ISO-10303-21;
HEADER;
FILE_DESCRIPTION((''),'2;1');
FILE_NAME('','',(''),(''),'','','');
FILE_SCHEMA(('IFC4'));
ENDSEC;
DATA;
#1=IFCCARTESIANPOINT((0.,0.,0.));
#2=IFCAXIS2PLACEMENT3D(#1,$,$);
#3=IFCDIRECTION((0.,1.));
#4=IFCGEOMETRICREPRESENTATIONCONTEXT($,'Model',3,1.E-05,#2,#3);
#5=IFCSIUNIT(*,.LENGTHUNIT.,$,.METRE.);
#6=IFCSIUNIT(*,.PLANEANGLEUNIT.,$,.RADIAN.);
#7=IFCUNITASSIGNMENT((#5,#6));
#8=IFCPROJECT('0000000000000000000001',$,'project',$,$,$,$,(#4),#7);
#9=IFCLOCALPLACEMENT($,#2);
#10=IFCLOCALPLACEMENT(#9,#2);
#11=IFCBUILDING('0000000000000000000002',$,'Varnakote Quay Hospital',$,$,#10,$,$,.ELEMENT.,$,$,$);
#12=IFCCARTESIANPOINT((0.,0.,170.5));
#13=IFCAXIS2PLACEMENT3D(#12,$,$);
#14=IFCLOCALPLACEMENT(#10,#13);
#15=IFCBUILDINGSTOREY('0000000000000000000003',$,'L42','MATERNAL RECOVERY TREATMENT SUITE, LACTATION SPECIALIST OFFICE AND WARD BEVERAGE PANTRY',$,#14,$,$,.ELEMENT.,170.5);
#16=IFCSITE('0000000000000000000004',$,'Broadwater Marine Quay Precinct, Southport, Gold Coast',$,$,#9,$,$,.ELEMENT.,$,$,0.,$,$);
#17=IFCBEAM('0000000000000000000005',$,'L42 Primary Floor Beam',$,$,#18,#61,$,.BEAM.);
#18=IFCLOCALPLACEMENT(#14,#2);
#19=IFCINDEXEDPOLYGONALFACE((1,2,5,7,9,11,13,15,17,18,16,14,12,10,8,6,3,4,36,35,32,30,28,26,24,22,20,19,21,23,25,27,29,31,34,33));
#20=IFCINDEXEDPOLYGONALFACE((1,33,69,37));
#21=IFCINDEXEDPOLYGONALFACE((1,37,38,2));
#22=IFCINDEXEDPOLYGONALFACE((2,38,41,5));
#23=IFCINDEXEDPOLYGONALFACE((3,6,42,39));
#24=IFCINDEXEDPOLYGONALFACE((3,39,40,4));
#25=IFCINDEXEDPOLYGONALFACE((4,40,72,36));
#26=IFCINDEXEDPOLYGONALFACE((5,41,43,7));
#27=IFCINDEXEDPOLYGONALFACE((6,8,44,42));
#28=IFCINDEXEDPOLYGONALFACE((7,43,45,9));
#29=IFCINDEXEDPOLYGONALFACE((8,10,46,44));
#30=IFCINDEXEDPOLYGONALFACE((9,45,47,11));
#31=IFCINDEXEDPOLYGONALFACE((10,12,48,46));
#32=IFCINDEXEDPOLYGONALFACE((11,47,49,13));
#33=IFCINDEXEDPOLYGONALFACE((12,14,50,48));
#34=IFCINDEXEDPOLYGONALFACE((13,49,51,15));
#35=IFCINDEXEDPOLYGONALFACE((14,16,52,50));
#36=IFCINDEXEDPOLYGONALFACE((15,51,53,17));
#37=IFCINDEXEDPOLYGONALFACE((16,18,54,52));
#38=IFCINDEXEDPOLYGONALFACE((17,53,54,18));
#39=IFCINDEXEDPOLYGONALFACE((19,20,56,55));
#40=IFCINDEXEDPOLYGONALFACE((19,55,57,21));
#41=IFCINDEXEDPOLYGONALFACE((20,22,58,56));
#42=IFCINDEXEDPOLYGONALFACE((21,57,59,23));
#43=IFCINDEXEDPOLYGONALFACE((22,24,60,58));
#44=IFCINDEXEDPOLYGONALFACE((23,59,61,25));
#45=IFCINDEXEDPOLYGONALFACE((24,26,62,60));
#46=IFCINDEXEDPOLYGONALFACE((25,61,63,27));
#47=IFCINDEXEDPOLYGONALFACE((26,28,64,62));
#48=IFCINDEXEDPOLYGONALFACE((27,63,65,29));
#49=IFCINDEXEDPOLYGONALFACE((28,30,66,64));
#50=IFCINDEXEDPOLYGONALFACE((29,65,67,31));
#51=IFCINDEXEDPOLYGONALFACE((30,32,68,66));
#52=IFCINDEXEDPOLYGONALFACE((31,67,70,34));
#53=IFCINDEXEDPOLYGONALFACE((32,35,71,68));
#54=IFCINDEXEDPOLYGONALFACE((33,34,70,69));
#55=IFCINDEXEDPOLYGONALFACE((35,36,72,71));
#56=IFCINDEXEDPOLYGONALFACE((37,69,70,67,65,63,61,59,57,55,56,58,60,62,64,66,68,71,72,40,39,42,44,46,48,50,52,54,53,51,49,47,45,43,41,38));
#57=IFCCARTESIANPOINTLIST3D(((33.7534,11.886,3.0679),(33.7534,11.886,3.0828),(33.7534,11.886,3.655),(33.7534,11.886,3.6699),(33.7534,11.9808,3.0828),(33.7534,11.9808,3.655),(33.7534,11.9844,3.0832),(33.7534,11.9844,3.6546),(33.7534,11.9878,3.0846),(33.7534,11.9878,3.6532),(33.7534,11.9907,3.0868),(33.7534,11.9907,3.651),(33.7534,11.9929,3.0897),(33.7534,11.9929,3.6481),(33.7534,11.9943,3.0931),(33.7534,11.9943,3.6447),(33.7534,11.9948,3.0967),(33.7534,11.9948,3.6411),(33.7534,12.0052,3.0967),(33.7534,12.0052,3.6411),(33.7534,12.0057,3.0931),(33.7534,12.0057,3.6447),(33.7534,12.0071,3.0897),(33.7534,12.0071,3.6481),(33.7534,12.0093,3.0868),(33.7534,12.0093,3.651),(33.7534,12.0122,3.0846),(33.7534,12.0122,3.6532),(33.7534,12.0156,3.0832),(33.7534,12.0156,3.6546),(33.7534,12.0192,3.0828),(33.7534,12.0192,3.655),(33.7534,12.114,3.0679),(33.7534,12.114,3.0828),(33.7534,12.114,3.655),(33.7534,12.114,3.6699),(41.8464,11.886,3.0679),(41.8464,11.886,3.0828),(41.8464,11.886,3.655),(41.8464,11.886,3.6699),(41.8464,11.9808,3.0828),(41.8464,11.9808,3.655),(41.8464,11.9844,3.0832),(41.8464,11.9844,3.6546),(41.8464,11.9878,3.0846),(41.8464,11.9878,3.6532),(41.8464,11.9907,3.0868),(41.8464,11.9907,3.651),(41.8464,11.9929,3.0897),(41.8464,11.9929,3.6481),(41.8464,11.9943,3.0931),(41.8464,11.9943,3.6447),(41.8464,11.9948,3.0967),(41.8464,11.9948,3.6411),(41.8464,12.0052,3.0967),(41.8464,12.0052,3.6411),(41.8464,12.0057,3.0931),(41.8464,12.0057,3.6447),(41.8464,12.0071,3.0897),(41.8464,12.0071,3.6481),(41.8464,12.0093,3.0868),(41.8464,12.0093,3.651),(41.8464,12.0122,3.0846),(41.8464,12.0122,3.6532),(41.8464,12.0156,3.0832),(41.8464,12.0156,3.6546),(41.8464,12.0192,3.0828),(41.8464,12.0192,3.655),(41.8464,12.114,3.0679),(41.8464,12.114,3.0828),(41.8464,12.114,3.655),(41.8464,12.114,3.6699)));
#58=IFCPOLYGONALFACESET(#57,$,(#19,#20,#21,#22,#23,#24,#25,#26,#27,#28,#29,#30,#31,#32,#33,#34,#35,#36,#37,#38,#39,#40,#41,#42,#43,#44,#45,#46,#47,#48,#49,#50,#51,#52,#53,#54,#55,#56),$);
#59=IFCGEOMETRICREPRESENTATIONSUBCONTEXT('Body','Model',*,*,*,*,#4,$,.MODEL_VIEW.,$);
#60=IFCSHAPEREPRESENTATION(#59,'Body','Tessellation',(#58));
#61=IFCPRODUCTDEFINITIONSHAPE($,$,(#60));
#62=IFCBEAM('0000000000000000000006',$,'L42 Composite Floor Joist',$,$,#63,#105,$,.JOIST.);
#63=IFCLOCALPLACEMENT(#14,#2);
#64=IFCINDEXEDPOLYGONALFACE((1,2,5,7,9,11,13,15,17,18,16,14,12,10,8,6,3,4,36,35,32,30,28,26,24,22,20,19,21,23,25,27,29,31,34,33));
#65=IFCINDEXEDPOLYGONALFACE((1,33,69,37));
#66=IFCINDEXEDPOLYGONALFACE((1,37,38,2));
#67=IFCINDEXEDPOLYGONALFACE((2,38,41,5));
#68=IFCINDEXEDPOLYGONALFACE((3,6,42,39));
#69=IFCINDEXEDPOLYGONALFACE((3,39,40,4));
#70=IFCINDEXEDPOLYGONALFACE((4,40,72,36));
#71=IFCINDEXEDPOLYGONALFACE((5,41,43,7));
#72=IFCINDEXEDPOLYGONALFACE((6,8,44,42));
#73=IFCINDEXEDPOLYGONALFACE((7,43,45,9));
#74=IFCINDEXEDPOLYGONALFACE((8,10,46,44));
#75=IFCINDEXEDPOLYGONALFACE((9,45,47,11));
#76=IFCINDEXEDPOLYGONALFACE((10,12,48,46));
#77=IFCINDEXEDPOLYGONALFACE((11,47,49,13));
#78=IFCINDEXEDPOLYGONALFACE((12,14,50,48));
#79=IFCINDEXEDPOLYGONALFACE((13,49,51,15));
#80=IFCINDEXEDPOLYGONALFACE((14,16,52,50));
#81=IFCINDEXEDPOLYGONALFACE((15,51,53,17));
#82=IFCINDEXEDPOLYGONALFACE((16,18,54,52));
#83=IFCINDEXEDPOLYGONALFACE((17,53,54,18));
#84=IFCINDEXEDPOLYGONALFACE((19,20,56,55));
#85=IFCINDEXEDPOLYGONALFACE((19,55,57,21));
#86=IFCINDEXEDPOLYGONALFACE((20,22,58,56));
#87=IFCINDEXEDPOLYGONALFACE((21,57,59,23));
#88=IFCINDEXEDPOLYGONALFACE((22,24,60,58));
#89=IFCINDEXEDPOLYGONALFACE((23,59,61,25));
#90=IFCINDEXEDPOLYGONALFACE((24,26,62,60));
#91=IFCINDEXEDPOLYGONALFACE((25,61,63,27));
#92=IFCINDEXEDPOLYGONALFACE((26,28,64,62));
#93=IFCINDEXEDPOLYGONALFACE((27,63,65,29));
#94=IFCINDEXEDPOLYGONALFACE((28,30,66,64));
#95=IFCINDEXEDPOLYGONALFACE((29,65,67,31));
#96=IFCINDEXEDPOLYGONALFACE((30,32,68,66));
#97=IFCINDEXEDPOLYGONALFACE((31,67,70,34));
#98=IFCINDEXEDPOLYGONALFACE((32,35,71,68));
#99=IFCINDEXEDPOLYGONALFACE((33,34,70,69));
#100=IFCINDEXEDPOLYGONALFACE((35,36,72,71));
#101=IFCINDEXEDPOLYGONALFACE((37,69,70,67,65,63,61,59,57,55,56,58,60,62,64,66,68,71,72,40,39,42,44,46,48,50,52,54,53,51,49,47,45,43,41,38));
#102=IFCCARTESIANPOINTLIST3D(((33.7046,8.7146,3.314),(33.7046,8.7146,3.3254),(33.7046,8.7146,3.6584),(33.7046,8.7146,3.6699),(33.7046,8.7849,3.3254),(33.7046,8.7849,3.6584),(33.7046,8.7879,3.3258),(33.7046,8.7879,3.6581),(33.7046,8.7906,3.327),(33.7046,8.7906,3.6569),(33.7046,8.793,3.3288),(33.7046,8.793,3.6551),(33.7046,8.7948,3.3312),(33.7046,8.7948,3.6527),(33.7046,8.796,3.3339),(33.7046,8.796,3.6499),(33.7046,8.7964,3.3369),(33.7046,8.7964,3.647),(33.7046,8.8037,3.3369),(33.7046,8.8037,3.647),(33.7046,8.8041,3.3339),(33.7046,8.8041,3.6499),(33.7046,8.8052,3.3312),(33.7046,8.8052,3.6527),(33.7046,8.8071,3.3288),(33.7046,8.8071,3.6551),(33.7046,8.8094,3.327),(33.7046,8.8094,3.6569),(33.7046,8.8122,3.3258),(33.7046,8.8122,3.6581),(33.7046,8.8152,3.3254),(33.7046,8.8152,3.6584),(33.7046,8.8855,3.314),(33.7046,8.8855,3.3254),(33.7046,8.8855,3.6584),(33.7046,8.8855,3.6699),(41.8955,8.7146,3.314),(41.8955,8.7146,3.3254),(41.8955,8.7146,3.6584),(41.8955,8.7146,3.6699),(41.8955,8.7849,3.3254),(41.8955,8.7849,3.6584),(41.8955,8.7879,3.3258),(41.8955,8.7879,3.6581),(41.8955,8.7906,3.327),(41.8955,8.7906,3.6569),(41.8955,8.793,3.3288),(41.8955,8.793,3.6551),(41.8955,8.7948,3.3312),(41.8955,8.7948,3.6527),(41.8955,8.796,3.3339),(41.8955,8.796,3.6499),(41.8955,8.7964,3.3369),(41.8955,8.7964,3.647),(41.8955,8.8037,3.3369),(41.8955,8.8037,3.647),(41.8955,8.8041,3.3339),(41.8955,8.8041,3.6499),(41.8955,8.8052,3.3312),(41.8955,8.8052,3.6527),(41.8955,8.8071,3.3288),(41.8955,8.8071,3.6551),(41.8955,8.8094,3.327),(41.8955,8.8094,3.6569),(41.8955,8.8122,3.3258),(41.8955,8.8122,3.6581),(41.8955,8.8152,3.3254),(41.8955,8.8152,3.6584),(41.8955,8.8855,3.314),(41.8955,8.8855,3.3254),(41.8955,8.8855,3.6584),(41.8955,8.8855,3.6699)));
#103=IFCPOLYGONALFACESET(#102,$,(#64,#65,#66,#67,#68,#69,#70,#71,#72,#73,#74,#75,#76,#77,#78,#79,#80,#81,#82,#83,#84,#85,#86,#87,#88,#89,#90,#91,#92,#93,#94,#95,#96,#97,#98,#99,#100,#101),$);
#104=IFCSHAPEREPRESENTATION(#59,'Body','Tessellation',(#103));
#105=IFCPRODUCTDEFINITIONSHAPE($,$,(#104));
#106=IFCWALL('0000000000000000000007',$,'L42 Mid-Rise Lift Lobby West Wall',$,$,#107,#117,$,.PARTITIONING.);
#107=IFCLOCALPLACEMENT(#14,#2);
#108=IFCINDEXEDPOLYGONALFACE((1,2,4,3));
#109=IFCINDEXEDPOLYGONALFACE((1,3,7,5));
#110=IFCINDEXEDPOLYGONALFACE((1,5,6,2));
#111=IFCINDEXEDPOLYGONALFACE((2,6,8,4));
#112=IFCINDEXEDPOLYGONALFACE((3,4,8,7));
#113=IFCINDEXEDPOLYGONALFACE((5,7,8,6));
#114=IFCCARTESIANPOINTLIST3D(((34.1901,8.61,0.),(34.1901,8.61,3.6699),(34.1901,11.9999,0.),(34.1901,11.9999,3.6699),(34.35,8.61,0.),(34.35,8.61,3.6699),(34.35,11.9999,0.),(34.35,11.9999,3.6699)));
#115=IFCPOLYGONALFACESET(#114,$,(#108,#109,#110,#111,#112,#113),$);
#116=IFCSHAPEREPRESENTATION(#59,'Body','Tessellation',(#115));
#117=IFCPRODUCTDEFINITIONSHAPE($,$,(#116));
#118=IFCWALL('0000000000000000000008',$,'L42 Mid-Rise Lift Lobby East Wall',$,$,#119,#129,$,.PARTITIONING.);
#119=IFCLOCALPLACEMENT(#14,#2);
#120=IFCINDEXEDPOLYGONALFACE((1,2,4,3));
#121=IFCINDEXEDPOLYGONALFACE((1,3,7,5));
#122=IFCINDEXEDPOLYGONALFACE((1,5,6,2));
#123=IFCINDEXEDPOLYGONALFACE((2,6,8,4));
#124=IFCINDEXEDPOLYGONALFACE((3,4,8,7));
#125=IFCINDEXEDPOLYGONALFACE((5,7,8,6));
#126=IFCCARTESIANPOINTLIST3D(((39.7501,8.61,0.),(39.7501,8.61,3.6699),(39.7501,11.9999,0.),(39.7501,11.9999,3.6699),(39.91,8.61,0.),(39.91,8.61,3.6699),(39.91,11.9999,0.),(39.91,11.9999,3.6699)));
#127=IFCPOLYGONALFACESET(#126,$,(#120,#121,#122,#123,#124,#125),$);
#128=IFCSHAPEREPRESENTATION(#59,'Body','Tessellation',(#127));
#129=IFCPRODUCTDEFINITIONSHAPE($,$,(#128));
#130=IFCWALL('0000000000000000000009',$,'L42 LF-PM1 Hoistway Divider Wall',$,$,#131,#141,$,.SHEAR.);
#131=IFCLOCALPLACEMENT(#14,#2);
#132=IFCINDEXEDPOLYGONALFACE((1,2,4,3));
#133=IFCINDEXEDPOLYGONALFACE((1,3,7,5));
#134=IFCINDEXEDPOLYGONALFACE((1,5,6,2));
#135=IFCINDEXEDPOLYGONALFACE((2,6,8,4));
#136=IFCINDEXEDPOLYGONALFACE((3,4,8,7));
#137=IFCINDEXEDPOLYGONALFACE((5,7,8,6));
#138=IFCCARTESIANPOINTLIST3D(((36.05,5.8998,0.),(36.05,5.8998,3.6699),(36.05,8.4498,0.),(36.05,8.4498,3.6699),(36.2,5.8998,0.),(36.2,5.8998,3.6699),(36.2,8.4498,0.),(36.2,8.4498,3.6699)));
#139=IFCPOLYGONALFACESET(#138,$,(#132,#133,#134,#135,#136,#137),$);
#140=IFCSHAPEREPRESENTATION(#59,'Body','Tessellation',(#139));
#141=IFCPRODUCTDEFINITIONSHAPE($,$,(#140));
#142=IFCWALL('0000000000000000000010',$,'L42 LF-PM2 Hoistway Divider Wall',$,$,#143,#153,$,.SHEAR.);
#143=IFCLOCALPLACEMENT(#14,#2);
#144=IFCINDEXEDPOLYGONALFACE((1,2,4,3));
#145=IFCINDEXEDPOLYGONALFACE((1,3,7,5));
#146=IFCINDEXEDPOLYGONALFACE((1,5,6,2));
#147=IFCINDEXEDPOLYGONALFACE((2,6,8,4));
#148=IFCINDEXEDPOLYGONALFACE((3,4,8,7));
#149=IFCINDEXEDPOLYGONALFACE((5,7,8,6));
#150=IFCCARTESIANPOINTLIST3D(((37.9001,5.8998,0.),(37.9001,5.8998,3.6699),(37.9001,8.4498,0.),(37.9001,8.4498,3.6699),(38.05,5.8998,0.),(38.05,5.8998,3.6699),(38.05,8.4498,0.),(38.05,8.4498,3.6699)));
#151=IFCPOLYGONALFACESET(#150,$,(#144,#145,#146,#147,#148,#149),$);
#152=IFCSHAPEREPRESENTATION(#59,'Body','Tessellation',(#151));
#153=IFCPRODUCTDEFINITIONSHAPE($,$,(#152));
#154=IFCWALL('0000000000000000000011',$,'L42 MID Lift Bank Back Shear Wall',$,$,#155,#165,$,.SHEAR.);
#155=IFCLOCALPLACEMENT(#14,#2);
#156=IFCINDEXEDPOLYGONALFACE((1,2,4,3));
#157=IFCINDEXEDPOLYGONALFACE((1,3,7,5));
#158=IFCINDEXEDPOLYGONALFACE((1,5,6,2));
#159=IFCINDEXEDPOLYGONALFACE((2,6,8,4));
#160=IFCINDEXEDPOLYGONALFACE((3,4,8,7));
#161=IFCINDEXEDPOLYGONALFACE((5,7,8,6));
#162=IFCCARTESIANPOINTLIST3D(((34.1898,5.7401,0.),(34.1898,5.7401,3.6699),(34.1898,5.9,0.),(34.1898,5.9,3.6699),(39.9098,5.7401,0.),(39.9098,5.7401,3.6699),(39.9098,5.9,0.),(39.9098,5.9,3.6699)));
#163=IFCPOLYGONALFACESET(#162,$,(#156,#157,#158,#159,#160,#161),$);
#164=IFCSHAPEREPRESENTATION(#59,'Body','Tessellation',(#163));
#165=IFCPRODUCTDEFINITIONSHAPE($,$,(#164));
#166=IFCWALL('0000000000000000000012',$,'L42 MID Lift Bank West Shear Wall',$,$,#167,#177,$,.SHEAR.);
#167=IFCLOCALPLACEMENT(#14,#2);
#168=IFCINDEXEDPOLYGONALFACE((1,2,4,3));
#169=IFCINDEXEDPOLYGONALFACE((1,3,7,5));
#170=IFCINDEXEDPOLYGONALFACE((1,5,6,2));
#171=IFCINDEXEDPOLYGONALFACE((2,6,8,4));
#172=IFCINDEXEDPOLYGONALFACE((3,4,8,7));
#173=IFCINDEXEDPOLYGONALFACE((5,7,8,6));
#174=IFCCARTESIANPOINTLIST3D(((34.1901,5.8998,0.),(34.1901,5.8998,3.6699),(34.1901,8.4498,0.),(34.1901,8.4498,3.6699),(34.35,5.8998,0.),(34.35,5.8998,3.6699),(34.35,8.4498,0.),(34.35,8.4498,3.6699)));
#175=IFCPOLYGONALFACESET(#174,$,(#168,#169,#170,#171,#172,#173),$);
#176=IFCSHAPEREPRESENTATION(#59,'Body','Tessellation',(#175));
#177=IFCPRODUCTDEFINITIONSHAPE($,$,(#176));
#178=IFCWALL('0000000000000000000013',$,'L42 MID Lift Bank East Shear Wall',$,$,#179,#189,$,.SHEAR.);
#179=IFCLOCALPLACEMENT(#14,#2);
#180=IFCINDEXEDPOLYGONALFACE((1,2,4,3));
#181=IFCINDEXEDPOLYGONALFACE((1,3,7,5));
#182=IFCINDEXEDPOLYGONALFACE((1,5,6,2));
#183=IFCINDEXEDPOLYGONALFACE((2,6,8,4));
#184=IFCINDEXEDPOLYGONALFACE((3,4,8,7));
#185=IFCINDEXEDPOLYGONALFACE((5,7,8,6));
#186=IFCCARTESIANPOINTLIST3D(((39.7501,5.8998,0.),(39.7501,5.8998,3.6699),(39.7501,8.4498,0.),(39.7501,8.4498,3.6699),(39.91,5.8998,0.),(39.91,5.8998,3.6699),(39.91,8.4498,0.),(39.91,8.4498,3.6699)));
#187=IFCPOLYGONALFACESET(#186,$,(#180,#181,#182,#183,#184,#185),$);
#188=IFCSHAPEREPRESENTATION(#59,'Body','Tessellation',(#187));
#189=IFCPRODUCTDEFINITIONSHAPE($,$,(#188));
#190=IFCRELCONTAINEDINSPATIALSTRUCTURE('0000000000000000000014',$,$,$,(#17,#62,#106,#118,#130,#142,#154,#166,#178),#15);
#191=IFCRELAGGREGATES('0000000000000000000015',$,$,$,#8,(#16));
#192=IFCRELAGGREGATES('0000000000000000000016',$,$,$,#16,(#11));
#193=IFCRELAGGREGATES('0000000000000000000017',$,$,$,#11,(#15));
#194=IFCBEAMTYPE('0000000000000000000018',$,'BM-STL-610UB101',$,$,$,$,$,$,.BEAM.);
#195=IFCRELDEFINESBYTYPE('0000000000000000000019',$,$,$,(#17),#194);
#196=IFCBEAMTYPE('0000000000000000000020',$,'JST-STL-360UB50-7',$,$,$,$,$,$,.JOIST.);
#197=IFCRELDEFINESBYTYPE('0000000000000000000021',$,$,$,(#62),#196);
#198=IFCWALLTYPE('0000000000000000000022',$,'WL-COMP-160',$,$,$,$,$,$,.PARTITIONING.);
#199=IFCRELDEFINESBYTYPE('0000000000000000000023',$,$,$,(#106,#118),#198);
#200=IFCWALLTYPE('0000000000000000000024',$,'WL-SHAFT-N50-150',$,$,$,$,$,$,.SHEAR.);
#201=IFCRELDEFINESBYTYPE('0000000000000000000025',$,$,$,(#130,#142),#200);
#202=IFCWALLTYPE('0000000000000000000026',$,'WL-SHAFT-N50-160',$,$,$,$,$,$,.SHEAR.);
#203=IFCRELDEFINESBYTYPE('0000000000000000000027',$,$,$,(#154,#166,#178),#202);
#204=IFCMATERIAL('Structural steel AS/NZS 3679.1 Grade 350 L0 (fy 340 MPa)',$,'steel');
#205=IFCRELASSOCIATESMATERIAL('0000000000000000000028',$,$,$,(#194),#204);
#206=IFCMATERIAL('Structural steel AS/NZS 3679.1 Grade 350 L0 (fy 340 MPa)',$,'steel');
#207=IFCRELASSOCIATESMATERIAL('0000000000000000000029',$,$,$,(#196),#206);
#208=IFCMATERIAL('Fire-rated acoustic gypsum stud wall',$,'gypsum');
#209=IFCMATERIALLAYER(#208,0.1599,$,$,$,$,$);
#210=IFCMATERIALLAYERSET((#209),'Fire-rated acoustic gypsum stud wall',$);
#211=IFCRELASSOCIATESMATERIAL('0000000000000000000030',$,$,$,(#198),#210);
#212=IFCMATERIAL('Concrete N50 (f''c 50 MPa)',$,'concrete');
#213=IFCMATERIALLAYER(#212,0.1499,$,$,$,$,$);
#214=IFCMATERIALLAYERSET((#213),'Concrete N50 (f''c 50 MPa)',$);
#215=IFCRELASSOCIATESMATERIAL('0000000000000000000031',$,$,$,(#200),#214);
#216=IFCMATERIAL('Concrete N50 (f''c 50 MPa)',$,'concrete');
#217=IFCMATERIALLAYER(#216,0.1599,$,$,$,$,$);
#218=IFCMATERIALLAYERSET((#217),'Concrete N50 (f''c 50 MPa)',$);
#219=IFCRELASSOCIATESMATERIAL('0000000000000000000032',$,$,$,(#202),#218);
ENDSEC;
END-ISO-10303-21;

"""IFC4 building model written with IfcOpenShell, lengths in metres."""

from ifc_helpers import new_model, si_unit, direction, frame, frame_2d, origin, origin_2d, place, context, subcontext, project, spatial, rectangle, i_section, extrude, material, layer, layer_set, material_profile, profile_set, type_object, element, save


model = new_model("IFC4")

# Units and contexts
model_context = context("Model", 3, precision=1e-05, world=origin(), true_north=direction((0.0, 1.0)))
body_context = subcontext(model_context, "Body", "Model", "MODEL_VIEW")
ifc_project = project(units=[si_unit("LENGTHUNIT", "METRE"), si_unit("PLANEANGLEUNIT", "RADIAN")], contexts=[model_context])

# Site, building, storey
site_placement = place(None, origin())
site = spatial("IfcSite", under=ifc_project, at=site_placement, Name="Broadwater Marine Quay Precinct, Southport, Gold Coast", CompositionType="ELEMENT", RefElevation=0.0)
building_placement = place(site_placement, origin())
building = spatial("IfcBuilding", under=site, at=building_placement, Name="Varnakote Quay Hospital", CompositionType="ELEMENT")
storey_placement = place(building_placement, frame((0.0, 0.0, 170.5)))
storey = spatial("IfcBuildingStorey", under=building, at=storey_placement, Name="L42", Description="MATERNAL RECOVERY TREATMENT SUITE, LACTATION SPECIALIST OFFICE AND WARD BEVERAGE PANTRY", CompositionType="ELEMENT", Elevation=170.5)

# Beams
ifc_material_1 = material(Name="Structural steel AS/NZS 3679.1 Grade 350 L0 (fy 340 MPa)", Category="steel")
ifc_material_profile_1 = material_profile(ifc_material_1, i_section(OverallWidth=0.228, OverallDepth=0.6021, WebThickness=0.0105, FlangeThickness=0.0149, FilletRadius=0.0139, at=origin_2d()), Name="610UB101")
ifc_profile_set_1 = profile_set([ifc_material_profile_1], Name="Structural steel AS/NZS 3679.1 Grade 350 L0 (fy 340 MPa)")
beam_type_1 = type_object("IfcBeamType", Name="BM-STL-610UB101", PredefinedType="BEAM", material=ifc_profile_set_1)
beam_1_placement = place(storey_placement, frame((33.7534, 12.0, 3.3689), z_axis=(1.0, 0.0, 0.0), x_axis=(0.0, 1.0, 0.0)))
element("IfcBeam", 1, at=beam_1_placement, inside=storey, type_object=beam_type_1, Name="L42 Primary Floor Beam", PredefinedType="BEAM", context=body_context, shape_type="SweptSolid", body=[
    extrude(i_section(OverallWidth=0.228, OverallDepth=0.6021, WebThickness=0.0105, FlangeThickness=0.0149, FilletRadius=0.0139, at=origin_2d()), origin(), (0.0, 0.0, 1.0), 8.093),
])
ifc_material_2 = material(Name="Structural steel AS/NZS 3679.1 Grade 350 L0 (fy 340 MPa)", Category="steel")
ifc_material_profile_2 = material_profile(ifc_material_2, i_section(OverallWidth=0.1709, OverallDepth=0.356, WebThickness=0.0073, FlangeThickness=0.0115, FilletRadius=0.0115, at=origin_2d()), Name="360UB50.7")
ifc_profile_set_2 = profile_set([ifc_material_profile_2], Name="Structural steel AS/NZS 3679.1 Grade 350 L0 (fy 340 MPa)")
beam_type_2 = type_object("IfcBeamType", Name="JST-STL-360UB50-7", PredefinedType="JOIST", material=ifc_profile_set_2)
beam_2_placement = place(storey_placement, frame((33.7046, 8.8, 3.4919), z_axis=(1.0, 0.0, 0.0), x_axis=(0.0, 1.0, 0.0)))
element("IfcBeam", 2, at=beam_2_placement, inside=storey, type_object=beam_type_2, Name="L42 Composite Floor Joist", PredefinedType="JOIST", context=body_context, shape_type="SweptSolid", body=[
    extrude(i_section(OverallWidth=0.1709, OverallDepth=0.356, WebThickness=0.0073, FlangeThickness=0.0115, FilletRadius=0.0115, at=origin_2d()), origin(), (0.0, 0.0, 1.0), 8.1909),
])

# Walls
ifc_material_3 = material(Name="Fire-rated acoustic gypsum stud wall", Category="gypsum")
ifc_layer_1 = layer(ifc_material_3, 0.1599)
ifc_layer_set_1 = layer_set([ifc_layer_1], Name="Fire-rated acoustic gypsum stud wall")
wall_type_1 = type_object("IfcWallType", Name="WL-COMP-160", PredefinedType="PARTITIONING", material=ifc_layer_set_1)
for number, where, z_axis, x_axis, name in (
    (3, (34.27, 8.6101, 0.0), (0.0, 0.0, 1.0), (0.0, 1.0, 0.0), "L42 Mid-Rise Lift Lobby West Wall"),
    (4, (39.8301, 8.6101, 0.0), (0.0, 0.0, 1.0), (0.0, 1.0, 0.0), "L42 Mid-Rise Lift Lobby East Wall"),
):
    element("IfcWall", number, at=place(storey_placement, frame(where, z_axis=z_axis, x_axis=x_axis)), inside=storey, type_object=wall_type_1, Name=name, PredefinedType="PARTITIONING", context=body_context, shape_type="SweptSolid", body=[
        extrude(rectangle(XDim=3.3899, YDim=0.1599, at=frame_2d((1.6948, 0.0))), origin(), (0.0, 0.0, 1.0), 3.6699),
    ])
ifc_material_4 = material(Name="Concrete N50 (f'c 50 MPa)", Category="concrete")
ifc_layer_2 = layer(ifc_material_4, 0.1499)
ifc_layer_set_2 = layer_set([ifc_layer_2], Name="Concrete N50 (f'c 50 MPa)")
wall_type_2 = type_object("IfcWallType", Name="WL-SHAFT-N50-150", PredefinedType="SHEAR", material=ifc_layer_set_2)
for number, where, z_axis, x_axis, name in (
    (5, (36.125, 5.8999, 0.0), (0.0, 0.0, 1.0), (0.0, 1.0, 0.0), "L42 LF-PM1 Hoistway Divider Wall"),
    (6, (37.9751, 5.8999, 0.0), (0.0, 0.0, 1.0), (0.0, 1.0, 0.0), "L42 LF-PM2 Hoistway Divider Wall"),
):
    element("IfcWall", number, at=place(storey_placement, frame(where, z_axis=z_axis, x_axis=x_axis)), inside=storey, type_object=wall_type_2, Name=name, PredefinedType="SHEAR", context=body_context, shape_type="SweptSolid", body=[
        extrude(rectangle(XDim=2.55, YDim=0.1499, at=frame_2d((1.2749, 0.0))), origin(), (0.0, 0.0, 1.0), 3.6699),
    ])
ifc_material_5 = material(Name="Concrete N50 (f'c 50 MPa)", Category="concrete")
ifc_layer_3 = layer(ifc_material_5, 0.1599)
ifc_layer_set_3 = layer_set([ifc_layer_3], Name="Concrete N50 (f'c 50 MPa)")
wall_type_3 = type_object("IfcWallType", Name="WL-SHAFT-N50-160", PredefinedType="SHEAR", material=ifc_layer_set_3)
wall_1_placement = place(storey_placement, frame((34.1899, 5.8201, 0.0), z_axis=(0.0, 0.0, 1.0), x_axis=(1.0, 0.0, 0.0)))
element("IfcWall", 7, at=wall_1_placement, inside=storey, type_object=wall_type_3, Name="L42 MID Lift Bank Back Shear Wall", PredefinedType="SHEAR", context=body_context, shape_type="SweptSolid", body=[
    extrude(rectangle(XDim=5.72, YDim=0.1599, at=frame_2d((2.8599, 0.0))), origin(), (0.0, 0.0, 1.0), 3.6699),
])
for number, where, z_axis, x_axis, name in (
    (8, (34.27, 5.8999, 0.0), (0.0, 0.0, 1.0), (0.0, 1.0, 0.0), "L42 MID Lift Bank West Shear Wall"),
    (9, (39.8301, 5.8999, 0.0), (0.0, 0.0, 1.0), (0.0, 1.0, 0.0), "L42 MID Lift Bank East Shear Wall"),
):
    element("IfcWall", number, at=place(storey_placement, frame(where, z_axis=z_axis, x_axis=x_axis)), inside=storey, type_object=wall_type_3, Name=name, PredefinedType="SHEAR", context=body_context, shape_type="SweptSolid", body=[
        extrude(rectangle(XDim=2.55, YDim=0.1599, at=frame_2d((1.2749, 0.0))), origin(), (0.0, 0.0, 1.0), 3.6699),
    ])

save(model, "model.ifc")
